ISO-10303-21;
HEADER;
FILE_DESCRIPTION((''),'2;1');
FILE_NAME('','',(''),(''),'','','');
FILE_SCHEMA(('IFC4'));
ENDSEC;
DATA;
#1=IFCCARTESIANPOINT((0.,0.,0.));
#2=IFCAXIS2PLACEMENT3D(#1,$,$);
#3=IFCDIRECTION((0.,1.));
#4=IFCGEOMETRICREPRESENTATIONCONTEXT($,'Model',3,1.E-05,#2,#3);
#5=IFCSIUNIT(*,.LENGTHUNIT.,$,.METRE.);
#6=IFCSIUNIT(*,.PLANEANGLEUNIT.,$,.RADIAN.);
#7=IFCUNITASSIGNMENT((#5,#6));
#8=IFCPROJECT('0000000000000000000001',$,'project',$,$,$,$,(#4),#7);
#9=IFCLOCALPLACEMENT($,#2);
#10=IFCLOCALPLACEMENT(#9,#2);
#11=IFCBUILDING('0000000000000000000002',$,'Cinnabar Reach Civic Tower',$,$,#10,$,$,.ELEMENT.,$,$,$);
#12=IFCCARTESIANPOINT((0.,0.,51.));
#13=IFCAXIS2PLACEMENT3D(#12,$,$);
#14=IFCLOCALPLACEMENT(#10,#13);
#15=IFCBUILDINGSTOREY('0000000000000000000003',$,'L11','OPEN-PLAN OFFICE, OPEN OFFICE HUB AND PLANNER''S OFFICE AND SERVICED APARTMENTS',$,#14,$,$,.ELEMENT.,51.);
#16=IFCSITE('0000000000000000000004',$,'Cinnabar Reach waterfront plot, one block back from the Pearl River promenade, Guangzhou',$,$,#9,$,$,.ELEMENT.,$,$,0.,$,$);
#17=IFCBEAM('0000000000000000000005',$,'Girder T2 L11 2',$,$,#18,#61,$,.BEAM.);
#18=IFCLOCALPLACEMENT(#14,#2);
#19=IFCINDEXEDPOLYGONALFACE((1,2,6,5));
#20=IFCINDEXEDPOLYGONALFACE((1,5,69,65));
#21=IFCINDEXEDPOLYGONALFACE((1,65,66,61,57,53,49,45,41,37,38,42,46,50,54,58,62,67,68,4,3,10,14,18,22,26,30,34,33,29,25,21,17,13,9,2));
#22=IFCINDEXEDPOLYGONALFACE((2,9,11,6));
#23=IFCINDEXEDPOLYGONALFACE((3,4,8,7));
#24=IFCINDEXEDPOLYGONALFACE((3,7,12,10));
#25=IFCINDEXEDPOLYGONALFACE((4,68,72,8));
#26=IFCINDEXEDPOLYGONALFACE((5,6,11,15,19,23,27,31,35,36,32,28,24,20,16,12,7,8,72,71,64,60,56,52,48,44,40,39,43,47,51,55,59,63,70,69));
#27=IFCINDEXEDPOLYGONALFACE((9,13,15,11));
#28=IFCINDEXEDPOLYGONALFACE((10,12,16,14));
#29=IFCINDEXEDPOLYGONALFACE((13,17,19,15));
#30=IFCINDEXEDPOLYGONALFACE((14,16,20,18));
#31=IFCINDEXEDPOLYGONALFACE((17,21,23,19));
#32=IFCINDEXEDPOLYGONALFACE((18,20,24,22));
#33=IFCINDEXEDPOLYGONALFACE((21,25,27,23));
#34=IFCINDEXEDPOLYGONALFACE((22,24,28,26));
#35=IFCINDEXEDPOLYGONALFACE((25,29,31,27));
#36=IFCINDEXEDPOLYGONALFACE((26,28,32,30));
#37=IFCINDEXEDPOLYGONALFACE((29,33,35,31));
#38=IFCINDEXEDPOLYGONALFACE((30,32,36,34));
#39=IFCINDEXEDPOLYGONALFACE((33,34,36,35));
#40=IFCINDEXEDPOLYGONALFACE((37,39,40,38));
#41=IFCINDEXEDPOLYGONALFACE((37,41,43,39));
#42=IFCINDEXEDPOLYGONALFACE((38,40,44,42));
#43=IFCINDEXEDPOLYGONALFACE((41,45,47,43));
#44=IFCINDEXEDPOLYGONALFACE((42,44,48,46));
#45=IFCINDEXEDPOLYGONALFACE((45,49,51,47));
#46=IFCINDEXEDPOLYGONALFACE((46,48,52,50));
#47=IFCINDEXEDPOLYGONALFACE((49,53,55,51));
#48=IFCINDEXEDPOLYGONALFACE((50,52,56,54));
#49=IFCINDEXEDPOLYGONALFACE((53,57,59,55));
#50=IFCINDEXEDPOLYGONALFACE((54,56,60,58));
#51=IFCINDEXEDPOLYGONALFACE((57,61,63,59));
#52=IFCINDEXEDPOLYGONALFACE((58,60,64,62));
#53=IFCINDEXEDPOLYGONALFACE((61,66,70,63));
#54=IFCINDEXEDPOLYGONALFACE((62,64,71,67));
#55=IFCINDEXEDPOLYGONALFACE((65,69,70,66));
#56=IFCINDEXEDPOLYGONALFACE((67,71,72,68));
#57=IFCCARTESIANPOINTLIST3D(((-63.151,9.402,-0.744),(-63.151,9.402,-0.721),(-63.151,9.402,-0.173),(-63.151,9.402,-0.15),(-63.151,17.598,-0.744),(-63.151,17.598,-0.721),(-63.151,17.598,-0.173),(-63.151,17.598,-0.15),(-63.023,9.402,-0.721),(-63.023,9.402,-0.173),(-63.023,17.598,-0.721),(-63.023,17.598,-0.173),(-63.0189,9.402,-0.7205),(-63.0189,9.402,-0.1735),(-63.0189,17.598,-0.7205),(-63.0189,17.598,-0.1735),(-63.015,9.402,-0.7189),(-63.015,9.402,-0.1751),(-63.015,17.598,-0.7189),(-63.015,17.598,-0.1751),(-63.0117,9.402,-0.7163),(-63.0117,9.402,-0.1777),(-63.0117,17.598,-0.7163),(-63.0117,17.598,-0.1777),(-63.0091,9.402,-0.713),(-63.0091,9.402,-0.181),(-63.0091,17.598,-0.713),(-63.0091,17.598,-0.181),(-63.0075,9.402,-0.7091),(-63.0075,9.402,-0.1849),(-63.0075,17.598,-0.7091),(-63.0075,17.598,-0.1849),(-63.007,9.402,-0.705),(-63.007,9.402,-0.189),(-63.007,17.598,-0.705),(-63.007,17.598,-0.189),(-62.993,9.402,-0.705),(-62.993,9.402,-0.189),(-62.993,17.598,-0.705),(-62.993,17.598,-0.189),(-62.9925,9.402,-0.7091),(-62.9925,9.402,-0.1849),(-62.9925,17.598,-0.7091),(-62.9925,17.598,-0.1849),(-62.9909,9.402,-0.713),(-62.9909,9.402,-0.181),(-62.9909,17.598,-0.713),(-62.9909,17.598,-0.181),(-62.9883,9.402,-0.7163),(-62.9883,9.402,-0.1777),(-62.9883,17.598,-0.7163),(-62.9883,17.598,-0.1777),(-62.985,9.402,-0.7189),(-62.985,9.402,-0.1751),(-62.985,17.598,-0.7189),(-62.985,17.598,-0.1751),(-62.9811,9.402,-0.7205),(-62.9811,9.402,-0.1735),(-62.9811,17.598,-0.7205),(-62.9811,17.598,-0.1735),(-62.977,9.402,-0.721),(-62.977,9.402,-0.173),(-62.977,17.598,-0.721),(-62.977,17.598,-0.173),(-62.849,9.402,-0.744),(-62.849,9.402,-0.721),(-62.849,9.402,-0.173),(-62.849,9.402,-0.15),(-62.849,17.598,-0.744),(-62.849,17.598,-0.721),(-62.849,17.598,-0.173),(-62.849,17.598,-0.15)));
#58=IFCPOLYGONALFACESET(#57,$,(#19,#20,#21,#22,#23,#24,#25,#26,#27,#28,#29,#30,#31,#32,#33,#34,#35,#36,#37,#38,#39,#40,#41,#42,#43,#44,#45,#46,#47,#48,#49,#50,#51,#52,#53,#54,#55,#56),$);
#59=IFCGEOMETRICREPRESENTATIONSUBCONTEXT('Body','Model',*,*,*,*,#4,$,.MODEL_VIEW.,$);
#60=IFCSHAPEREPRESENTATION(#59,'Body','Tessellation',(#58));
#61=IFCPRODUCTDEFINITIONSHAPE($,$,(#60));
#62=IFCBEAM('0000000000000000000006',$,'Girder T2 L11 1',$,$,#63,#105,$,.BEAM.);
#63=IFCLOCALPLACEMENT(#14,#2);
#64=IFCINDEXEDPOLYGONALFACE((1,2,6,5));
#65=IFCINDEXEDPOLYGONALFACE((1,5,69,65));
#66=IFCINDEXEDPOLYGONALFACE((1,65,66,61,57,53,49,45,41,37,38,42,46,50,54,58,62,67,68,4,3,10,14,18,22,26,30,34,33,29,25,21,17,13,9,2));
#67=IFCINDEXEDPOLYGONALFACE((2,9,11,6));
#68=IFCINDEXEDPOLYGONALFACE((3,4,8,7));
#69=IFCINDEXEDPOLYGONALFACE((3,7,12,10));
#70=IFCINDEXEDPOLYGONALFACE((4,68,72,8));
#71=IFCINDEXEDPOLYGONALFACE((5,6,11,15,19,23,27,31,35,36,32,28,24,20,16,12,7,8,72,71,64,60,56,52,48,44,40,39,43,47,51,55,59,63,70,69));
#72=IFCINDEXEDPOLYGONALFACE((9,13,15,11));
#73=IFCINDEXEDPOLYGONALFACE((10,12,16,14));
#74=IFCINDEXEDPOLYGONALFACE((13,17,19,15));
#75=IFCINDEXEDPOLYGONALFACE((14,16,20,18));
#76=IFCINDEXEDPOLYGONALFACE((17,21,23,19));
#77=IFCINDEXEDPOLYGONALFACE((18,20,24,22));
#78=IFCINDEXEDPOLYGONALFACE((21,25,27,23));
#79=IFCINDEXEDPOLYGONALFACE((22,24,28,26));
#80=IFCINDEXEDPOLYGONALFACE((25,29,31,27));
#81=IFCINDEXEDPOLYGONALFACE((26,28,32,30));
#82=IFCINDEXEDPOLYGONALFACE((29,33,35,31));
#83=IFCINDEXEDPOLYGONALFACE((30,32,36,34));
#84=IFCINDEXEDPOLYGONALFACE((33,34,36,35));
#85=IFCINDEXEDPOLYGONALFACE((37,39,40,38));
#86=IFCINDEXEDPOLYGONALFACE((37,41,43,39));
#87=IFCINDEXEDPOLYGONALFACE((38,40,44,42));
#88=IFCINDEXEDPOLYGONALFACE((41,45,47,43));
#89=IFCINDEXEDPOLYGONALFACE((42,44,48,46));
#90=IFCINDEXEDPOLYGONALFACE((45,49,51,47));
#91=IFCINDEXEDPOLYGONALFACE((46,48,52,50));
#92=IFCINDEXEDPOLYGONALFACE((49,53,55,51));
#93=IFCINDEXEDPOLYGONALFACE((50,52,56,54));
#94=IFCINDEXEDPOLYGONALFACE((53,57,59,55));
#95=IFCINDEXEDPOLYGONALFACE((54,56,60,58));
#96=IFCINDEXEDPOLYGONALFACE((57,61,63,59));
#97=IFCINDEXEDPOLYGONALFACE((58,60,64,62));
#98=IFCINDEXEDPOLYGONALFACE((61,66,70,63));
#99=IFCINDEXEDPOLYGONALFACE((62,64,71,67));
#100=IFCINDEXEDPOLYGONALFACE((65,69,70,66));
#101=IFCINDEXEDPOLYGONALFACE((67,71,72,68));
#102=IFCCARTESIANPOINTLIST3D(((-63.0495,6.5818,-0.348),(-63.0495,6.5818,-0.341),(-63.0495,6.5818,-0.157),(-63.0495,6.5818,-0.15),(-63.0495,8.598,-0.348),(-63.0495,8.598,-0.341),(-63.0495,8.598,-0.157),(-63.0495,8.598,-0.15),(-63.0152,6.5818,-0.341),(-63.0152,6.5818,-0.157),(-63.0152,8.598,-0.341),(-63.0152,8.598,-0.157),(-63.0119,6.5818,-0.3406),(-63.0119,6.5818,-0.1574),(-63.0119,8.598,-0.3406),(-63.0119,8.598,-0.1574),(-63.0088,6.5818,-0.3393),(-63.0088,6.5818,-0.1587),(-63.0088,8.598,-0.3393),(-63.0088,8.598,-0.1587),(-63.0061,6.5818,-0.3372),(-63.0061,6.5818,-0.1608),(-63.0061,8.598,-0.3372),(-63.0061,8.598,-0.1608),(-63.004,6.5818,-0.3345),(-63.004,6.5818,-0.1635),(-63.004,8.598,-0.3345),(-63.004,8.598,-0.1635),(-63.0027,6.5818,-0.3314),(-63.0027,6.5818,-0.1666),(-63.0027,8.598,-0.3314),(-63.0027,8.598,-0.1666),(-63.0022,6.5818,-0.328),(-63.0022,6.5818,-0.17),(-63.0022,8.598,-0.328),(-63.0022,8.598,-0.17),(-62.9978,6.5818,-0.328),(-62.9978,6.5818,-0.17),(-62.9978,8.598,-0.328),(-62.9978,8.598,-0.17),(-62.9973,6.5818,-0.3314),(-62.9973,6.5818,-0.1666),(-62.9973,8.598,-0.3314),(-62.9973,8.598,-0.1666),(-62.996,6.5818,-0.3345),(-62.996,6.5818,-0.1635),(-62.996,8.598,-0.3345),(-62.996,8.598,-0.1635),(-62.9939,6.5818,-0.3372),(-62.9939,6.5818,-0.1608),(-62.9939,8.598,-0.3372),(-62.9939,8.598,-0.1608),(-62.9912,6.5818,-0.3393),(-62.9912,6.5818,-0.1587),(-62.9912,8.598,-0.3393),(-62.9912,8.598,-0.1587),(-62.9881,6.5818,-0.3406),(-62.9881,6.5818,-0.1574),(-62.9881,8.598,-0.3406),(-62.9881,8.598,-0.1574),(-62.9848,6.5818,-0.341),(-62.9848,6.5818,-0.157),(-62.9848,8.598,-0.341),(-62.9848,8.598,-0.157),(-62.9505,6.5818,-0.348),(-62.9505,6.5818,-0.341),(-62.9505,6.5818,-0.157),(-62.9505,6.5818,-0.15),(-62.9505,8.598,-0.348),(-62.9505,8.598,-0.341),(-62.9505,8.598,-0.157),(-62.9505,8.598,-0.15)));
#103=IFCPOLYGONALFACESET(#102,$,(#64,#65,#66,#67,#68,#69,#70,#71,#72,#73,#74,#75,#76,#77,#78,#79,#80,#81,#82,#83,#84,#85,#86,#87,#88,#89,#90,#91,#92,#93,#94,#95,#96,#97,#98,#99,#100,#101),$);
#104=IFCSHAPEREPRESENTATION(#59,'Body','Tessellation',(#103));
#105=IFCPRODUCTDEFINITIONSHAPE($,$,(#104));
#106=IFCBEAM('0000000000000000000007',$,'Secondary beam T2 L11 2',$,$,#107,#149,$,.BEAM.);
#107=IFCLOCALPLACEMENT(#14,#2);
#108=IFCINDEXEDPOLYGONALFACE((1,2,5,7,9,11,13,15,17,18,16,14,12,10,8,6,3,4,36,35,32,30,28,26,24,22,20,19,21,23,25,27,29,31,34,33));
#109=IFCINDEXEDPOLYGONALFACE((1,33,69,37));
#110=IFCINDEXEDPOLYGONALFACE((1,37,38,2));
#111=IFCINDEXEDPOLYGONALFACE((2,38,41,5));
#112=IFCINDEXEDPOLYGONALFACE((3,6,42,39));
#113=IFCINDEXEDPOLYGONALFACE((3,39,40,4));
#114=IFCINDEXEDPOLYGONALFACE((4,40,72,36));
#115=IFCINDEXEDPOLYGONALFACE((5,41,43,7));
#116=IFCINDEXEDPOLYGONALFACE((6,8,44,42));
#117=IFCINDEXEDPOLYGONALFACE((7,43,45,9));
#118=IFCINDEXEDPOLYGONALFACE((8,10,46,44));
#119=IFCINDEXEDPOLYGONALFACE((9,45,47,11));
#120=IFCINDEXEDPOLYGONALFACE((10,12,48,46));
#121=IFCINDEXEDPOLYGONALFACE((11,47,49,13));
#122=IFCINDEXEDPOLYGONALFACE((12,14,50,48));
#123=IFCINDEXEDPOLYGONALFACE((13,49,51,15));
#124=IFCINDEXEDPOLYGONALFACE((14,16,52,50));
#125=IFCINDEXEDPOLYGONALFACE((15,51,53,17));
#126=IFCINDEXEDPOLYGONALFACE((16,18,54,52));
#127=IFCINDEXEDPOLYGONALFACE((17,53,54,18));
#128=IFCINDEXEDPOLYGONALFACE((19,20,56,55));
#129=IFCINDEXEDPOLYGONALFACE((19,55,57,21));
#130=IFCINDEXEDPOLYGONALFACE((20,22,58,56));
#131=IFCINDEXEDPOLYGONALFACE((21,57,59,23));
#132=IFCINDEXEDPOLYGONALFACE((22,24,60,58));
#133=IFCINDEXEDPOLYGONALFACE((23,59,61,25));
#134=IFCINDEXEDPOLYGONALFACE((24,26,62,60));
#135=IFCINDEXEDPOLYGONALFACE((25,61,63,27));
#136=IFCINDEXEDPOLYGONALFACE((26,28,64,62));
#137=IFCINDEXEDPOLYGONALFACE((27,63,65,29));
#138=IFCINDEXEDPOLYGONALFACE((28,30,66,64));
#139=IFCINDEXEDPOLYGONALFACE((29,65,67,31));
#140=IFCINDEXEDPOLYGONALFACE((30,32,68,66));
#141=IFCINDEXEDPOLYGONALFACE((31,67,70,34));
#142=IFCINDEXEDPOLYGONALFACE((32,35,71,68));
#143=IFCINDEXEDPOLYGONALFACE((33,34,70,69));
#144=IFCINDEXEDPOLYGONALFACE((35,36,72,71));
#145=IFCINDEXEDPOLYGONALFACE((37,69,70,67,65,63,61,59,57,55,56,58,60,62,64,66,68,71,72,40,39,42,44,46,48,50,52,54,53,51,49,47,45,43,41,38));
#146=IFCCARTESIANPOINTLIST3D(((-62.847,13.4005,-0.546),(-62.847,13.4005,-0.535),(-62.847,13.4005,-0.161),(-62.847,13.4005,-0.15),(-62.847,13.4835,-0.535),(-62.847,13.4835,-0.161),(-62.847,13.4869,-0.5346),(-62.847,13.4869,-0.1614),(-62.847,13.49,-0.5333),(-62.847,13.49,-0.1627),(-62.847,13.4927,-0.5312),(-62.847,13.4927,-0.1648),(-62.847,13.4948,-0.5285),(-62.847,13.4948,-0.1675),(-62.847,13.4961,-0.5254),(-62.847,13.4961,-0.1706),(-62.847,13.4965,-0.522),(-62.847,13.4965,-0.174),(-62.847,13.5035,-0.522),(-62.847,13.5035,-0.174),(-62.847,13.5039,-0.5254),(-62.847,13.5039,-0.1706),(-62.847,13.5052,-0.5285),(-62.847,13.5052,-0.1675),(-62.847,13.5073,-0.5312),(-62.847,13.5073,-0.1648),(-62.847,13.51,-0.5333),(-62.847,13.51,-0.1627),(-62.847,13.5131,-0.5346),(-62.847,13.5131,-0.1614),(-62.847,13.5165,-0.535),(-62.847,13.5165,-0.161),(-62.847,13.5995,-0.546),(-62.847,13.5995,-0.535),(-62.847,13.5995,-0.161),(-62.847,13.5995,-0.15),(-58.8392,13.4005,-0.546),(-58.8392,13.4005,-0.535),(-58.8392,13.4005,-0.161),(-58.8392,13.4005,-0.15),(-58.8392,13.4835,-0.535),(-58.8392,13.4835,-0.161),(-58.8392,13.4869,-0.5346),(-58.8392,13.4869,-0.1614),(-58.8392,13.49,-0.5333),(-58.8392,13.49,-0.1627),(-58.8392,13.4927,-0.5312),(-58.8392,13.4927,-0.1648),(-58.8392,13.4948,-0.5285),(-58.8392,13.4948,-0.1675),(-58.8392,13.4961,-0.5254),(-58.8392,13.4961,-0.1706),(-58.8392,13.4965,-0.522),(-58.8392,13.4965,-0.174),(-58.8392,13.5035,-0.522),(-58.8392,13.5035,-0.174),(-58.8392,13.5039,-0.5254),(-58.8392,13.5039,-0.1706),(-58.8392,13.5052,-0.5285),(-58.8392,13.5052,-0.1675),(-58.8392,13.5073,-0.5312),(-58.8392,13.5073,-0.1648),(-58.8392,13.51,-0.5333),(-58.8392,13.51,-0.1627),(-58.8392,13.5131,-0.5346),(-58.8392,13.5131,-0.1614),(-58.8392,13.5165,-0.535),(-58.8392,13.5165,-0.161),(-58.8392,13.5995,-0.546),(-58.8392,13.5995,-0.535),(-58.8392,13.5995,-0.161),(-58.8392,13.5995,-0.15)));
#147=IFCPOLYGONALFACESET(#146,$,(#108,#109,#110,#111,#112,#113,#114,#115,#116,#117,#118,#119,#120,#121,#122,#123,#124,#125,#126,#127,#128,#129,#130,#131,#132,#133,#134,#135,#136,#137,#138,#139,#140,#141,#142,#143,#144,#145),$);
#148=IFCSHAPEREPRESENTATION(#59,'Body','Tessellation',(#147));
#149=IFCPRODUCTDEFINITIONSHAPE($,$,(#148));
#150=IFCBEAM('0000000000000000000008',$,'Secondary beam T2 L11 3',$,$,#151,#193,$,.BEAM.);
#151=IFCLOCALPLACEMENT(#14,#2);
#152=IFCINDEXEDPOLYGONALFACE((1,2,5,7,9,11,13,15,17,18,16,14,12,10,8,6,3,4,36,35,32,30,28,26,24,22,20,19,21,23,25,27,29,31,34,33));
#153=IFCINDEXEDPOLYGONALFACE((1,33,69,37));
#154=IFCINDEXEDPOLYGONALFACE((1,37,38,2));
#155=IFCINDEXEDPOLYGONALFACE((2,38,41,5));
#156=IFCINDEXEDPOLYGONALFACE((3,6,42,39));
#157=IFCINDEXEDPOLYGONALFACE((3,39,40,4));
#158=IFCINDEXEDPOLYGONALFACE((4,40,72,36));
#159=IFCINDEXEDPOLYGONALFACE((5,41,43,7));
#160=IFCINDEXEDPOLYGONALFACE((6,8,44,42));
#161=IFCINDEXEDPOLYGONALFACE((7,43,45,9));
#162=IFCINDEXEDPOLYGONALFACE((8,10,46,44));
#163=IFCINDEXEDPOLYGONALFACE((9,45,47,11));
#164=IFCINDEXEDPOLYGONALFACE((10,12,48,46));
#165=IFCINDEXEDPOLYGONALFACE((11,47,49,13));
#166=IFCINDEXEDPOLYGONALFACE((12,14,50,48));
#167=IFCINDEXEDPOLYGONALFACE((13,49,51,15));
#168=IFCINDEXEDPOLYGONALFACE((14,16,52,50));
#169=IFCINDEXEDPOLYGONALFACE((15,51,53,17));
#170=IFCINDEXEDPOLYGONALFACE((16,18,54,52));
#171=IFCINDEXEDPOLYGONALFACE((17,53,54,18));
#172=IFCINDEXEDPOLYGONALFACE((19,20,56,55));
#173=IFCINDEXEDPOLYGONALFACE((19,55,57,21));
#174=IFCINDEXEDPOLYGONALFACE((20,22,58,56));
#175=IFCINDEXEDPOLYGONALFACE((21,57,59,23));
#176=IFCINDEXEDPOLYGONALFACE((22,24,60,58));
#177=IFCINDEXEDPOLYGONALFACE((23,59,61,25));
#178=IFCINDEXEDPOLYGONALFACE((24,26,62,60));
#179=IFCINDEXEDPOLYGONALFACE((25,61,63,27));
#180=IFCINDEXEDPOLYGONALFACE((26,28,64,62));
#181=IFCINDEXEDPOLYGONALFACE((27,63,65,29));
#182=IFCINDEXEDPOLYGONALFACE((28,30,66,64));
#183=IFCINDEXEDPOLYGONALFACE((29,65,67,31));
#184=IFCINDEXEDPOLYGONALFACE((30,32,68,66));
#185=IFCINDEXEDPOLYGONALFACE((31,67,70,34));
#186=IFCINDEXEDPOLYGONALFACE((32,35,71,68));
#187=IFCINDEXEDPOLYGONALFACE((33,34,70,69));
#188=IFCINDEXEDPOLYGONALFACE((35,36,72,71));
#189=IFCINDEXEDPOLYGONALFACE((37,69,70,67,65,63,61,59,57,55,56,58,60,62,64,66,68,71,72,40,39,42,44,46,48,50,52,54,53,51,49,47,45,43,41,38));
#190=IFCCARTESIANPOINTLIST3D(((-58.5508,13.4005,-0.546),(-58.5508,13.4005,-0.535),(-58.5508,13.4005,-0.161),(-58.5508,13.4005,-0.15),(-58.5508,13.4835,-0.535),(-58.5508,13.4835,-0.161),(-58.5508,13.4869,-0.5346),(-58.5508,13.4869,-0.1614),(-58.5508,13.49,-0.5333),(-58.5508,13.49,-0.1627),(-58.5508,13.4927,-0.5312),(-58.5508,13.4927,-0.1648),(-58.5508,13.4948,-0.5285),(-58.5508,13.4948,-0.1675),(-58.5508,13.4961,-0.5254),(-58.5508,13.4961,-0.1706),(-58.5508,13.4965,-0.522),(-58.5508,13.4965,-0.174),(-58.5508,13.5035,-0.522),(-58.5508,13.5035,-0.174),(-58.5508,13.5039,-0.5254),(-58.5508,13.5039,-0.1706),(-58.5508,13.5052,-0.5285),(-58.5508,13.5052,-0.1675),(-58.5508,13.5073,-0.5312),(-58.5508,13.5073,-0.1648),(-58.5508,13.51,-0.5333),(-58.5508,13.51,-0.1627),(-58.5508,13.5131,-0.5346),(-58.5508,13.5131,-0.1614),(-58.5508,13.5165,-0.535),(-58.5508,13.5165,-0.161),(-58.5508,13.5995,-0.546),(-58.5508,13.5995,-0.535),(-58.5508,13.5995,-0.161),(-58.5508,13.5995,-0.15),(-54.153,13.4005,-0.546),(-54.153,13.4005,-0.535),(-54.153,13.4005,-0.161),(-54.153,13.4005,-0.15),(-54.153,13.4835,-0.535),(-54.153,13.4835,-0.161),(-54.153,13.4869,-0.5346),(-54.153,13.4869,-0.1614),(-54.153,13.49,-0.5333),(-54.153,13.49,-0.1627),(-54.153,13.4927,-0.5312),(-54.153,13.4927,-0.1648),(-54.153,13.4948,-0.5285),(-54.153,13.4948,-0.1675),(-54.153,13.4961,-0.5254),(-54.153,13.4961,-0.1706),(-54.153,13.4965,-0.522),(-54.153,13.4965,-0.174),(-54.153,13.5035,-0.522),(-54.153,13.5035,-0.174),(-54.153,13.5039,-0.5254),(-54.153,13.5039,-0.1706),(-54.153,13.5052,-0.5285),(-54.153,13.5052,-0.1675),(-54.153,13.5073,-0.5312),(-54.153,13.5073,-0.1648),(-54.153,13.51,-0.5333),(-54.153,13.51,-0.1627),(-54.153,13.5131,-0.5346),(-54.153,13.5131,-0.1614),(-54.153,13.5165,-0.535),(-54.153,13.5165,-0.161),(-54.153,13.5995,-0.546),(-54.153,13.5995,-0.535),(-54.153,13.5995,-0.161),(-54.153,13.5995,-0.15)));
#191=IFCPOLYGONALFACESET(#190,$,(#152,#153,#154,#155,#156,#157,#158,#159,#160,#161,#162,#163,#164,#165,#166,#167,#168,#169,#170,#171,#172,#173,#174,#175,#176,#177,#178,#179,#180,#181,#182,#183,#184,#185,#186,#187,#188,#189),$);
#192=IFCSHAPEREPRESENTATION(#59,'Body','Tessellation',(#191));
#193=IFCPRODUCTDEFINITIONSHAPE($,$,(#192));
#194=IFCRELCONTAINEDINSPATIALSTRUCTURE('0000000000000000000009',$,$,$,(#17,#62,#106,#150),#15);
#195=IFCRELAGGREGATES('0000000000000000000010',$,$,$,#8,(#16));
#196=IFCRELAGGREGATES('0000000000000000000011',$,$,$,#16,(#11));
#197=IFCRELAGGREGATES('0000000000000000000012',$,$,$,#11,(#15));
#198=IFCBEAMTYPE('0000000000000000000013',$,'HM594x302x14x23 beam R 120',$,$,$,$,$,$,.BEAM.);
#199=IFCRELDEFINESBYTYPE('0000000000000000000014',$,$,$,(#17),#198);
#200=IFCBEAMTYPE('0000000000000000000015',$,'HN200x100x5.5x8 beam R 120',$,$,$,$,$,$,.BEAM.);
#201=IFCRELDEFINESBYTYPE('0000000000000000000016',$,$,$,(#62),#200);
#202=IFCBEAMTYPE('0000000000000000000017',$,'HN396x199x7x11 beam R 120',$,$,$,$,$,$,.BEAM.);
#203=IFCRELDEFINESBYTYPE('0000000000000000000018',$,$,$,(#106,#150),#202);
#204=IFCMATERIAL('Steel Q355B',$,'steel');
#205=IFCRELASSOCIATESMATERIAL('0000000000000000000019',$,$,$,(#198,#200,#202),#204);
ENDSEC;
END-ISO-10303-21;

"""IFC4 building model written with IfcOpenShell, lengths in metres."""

from ifc_helpers import new_model, si_unit, direction, frame, origin, origin_2d, place, context, subcontext, project, spatial, i_section, extrude, material, material_profile, profile_set, type_object, element, save


model = new_model("IFC4")

# Units and contexts
model_context = context("Model", 3, precision=1e-05, world=origin(), true_north=direction((0.0, 1.0)))
body_context = subcontext(model_context, "Body", "Model", "MODEL_VIEW")
ifc_project = project(units=[si_unit("LENGTHUNIT", "METRE"), si_unit("PLANEANGLEUNIT", "RADIAN")], contexts=[model_context])

# Site, building, storey
site_placement = place(None, origin())
site = spatial("IfcSite", under=ifc_project, at=site_placement, Name="Cinnabar Reach waterfront plot, one block back from the Pearl River promenade, Guangzhou", CompositionType="ELEMENT", RefElevation=0.0)
building_placement = place(site_placement, origin())
building = spatial("IfcBuilding", under=site, at=building_placement, Name="Cinnabar Reach Civic Tower", CompositionType="ELEMENT")
storey_placement = place(building_placement, frame((0.0, 0.0, 51.0)))
storey = spatial("IfcBuildingStorey", under=building, at=storey_placement, Name="L11", Description="OPEN-PLAN OFFICE, OPEN OFFICE HUB AND PLANNER'S OFFICE AND SERVICED APARTMENTS", CompositionType="ELEMENT", Elevation=51.0)

# Beams
ifc_material_1 = material(Name="Steel Q355B", Category="steel")
ifc_material_profile_1 = material_profile(ifc_material_1, i_section(OverallWidth=0.302, OverallDepth=0.594, WebThickness=0.014, FlangeThickness=0.023, FilletRadius=0.016, at=origin_2d()), Name="HM594x302x14x23")
ifc_profile_set_1 = profile_set([ifc_material_profile_1], Name="Steel Q355B")
beam_type_1 = type_object("IfcBeamType", Name="HM594x302x14x23 beam R 120", PredefinedType="BEAM", material=ifc_profile_set_1)
beam_1_placement = place(storey_placement, frame((-63.0, 9.402, -0.447), z_axis=(0.0, 1.0, 0.0), x_axis=(-1.0, 0.0, 0.0)))
element("IfcBeam", 1, at=beam_1_placement, inside=storey, type_object=beam_type_1, Name="Girder T2 L11 2", PredefinedType="BEAM", context=body_context, shape_type="SweptSolid", body=[
    extrude(i_section(OverallWidth=0.302, OverallDepth=0.594, WebThickness=0.014, FlangeThickness=0.023, FilletRadius=0.016, at=origin_2d()), origin(), (0.0, 0.0, 1.0), 8.196),
])
ifc_material_profile_2 = material_profile(ifc_material_1, i_section(OverallWidth=0.099, OverallDepth=0.198, WebThickness=0.0045, FlangeThickness=0.007, FilletRadius=0.013, at=origin_2d()), Name="HN200x100x5.5x8")
ifc_profile_set_2 = profile_set([ifc_material_profile_2], Name="Steel Q355B")
beam_type_2 = type_object("IfcBeamType", Name="HN200x100x5.5x8 beam R 120", PredefinedType="BEAM", material=ifc_profile_set_2)
beam_2_placement = place(storey_placement, frame((-63.0, 6.5818, -0.249), z_axis=(0.0, 1.0, 0.0), x_axis=(-1.0, 0.0, 0.0)))
element("IfcBeam", 2, at=beam_2_placement, inside=storey, type_object=beam_type_2, Name="Girder T2 L11 1", PredefinedType="BEAM", context=body_context, shape_type="SweptSolid", body=[
    extrude(i_section(OverallWidth=0.099, OverallDepth=0.198, WebThickness=0.0045, FlangeThickness=0.007, FilletRadius=0.013, at=origin_2d()), origin(), (0.0, 0.0, 1.0), 2.0162),
])
ifc_material_profile_3 = material_profile(ifc_material_1, i_section(OverallWidth=0.199, OverallDepth=0.396, WebThickness=0.007, FlangeThickness=0.011, FilletRadius=0.013, at=origin_2d()), Name="HN396x199x7x11")
ifc_profile_set_3 = profile_set([ifc_material_profile_3], Name="Steel Q355B")
beam_type_3 = type_object("IfcBeamType", Name="HN396x199x7x11 beam R 120", PredefinedType="BEAM", material=ifc_profile_set_3)
beam_3_placement = place(storey_placement, frame((-62.847, 13.5, -0.348), z_axis=(1.0, 0.0, 0.0), x_axis=(0.0, 1.0, 0.0)))
element("IfcBeam", 3, at=beam_3_placement, inside=storey, type_object=beam_type_3, Name="Secondary beam T2 L11 2", PredefinedType="BEAM", context=body_context, shape_type="SweptSolid", body=[
    extrude(i_section(OverallWidth=0.199, OverallDepth=0.396, WebThickness=0.007, FlangeThickness=0.011, FilletRadius=0.013, at=origin_2d()), origin(), (0.0, 0.0, 1.0), 4.0078),
])
beam_4_placement = place(storey_placement, frame((-58.5508, 13.5, -0.348), z_axis=(1.0, 0.0, 0.0), x_axis=(0.0, 1.0, 0.0)))
element("IfcBeam", 4, at=beam_4_placement, inside=storey, type_object=beam_type_3, Name="Secondary beam T2 L11 3", PredefinedType="BEAM", context=body_context, shape_type="SweptSolid", body=[
    extrude(i_section(OverallWidth=0.199, OverallDepth=0.396, WebThickness=0.007, FlangeThickness=0.011, FilletRadius=0.013, at=origin_2d()), origin(), (0.0, 0.0, 1.0), 4.3978),
])

save(model, "model.ifc")
